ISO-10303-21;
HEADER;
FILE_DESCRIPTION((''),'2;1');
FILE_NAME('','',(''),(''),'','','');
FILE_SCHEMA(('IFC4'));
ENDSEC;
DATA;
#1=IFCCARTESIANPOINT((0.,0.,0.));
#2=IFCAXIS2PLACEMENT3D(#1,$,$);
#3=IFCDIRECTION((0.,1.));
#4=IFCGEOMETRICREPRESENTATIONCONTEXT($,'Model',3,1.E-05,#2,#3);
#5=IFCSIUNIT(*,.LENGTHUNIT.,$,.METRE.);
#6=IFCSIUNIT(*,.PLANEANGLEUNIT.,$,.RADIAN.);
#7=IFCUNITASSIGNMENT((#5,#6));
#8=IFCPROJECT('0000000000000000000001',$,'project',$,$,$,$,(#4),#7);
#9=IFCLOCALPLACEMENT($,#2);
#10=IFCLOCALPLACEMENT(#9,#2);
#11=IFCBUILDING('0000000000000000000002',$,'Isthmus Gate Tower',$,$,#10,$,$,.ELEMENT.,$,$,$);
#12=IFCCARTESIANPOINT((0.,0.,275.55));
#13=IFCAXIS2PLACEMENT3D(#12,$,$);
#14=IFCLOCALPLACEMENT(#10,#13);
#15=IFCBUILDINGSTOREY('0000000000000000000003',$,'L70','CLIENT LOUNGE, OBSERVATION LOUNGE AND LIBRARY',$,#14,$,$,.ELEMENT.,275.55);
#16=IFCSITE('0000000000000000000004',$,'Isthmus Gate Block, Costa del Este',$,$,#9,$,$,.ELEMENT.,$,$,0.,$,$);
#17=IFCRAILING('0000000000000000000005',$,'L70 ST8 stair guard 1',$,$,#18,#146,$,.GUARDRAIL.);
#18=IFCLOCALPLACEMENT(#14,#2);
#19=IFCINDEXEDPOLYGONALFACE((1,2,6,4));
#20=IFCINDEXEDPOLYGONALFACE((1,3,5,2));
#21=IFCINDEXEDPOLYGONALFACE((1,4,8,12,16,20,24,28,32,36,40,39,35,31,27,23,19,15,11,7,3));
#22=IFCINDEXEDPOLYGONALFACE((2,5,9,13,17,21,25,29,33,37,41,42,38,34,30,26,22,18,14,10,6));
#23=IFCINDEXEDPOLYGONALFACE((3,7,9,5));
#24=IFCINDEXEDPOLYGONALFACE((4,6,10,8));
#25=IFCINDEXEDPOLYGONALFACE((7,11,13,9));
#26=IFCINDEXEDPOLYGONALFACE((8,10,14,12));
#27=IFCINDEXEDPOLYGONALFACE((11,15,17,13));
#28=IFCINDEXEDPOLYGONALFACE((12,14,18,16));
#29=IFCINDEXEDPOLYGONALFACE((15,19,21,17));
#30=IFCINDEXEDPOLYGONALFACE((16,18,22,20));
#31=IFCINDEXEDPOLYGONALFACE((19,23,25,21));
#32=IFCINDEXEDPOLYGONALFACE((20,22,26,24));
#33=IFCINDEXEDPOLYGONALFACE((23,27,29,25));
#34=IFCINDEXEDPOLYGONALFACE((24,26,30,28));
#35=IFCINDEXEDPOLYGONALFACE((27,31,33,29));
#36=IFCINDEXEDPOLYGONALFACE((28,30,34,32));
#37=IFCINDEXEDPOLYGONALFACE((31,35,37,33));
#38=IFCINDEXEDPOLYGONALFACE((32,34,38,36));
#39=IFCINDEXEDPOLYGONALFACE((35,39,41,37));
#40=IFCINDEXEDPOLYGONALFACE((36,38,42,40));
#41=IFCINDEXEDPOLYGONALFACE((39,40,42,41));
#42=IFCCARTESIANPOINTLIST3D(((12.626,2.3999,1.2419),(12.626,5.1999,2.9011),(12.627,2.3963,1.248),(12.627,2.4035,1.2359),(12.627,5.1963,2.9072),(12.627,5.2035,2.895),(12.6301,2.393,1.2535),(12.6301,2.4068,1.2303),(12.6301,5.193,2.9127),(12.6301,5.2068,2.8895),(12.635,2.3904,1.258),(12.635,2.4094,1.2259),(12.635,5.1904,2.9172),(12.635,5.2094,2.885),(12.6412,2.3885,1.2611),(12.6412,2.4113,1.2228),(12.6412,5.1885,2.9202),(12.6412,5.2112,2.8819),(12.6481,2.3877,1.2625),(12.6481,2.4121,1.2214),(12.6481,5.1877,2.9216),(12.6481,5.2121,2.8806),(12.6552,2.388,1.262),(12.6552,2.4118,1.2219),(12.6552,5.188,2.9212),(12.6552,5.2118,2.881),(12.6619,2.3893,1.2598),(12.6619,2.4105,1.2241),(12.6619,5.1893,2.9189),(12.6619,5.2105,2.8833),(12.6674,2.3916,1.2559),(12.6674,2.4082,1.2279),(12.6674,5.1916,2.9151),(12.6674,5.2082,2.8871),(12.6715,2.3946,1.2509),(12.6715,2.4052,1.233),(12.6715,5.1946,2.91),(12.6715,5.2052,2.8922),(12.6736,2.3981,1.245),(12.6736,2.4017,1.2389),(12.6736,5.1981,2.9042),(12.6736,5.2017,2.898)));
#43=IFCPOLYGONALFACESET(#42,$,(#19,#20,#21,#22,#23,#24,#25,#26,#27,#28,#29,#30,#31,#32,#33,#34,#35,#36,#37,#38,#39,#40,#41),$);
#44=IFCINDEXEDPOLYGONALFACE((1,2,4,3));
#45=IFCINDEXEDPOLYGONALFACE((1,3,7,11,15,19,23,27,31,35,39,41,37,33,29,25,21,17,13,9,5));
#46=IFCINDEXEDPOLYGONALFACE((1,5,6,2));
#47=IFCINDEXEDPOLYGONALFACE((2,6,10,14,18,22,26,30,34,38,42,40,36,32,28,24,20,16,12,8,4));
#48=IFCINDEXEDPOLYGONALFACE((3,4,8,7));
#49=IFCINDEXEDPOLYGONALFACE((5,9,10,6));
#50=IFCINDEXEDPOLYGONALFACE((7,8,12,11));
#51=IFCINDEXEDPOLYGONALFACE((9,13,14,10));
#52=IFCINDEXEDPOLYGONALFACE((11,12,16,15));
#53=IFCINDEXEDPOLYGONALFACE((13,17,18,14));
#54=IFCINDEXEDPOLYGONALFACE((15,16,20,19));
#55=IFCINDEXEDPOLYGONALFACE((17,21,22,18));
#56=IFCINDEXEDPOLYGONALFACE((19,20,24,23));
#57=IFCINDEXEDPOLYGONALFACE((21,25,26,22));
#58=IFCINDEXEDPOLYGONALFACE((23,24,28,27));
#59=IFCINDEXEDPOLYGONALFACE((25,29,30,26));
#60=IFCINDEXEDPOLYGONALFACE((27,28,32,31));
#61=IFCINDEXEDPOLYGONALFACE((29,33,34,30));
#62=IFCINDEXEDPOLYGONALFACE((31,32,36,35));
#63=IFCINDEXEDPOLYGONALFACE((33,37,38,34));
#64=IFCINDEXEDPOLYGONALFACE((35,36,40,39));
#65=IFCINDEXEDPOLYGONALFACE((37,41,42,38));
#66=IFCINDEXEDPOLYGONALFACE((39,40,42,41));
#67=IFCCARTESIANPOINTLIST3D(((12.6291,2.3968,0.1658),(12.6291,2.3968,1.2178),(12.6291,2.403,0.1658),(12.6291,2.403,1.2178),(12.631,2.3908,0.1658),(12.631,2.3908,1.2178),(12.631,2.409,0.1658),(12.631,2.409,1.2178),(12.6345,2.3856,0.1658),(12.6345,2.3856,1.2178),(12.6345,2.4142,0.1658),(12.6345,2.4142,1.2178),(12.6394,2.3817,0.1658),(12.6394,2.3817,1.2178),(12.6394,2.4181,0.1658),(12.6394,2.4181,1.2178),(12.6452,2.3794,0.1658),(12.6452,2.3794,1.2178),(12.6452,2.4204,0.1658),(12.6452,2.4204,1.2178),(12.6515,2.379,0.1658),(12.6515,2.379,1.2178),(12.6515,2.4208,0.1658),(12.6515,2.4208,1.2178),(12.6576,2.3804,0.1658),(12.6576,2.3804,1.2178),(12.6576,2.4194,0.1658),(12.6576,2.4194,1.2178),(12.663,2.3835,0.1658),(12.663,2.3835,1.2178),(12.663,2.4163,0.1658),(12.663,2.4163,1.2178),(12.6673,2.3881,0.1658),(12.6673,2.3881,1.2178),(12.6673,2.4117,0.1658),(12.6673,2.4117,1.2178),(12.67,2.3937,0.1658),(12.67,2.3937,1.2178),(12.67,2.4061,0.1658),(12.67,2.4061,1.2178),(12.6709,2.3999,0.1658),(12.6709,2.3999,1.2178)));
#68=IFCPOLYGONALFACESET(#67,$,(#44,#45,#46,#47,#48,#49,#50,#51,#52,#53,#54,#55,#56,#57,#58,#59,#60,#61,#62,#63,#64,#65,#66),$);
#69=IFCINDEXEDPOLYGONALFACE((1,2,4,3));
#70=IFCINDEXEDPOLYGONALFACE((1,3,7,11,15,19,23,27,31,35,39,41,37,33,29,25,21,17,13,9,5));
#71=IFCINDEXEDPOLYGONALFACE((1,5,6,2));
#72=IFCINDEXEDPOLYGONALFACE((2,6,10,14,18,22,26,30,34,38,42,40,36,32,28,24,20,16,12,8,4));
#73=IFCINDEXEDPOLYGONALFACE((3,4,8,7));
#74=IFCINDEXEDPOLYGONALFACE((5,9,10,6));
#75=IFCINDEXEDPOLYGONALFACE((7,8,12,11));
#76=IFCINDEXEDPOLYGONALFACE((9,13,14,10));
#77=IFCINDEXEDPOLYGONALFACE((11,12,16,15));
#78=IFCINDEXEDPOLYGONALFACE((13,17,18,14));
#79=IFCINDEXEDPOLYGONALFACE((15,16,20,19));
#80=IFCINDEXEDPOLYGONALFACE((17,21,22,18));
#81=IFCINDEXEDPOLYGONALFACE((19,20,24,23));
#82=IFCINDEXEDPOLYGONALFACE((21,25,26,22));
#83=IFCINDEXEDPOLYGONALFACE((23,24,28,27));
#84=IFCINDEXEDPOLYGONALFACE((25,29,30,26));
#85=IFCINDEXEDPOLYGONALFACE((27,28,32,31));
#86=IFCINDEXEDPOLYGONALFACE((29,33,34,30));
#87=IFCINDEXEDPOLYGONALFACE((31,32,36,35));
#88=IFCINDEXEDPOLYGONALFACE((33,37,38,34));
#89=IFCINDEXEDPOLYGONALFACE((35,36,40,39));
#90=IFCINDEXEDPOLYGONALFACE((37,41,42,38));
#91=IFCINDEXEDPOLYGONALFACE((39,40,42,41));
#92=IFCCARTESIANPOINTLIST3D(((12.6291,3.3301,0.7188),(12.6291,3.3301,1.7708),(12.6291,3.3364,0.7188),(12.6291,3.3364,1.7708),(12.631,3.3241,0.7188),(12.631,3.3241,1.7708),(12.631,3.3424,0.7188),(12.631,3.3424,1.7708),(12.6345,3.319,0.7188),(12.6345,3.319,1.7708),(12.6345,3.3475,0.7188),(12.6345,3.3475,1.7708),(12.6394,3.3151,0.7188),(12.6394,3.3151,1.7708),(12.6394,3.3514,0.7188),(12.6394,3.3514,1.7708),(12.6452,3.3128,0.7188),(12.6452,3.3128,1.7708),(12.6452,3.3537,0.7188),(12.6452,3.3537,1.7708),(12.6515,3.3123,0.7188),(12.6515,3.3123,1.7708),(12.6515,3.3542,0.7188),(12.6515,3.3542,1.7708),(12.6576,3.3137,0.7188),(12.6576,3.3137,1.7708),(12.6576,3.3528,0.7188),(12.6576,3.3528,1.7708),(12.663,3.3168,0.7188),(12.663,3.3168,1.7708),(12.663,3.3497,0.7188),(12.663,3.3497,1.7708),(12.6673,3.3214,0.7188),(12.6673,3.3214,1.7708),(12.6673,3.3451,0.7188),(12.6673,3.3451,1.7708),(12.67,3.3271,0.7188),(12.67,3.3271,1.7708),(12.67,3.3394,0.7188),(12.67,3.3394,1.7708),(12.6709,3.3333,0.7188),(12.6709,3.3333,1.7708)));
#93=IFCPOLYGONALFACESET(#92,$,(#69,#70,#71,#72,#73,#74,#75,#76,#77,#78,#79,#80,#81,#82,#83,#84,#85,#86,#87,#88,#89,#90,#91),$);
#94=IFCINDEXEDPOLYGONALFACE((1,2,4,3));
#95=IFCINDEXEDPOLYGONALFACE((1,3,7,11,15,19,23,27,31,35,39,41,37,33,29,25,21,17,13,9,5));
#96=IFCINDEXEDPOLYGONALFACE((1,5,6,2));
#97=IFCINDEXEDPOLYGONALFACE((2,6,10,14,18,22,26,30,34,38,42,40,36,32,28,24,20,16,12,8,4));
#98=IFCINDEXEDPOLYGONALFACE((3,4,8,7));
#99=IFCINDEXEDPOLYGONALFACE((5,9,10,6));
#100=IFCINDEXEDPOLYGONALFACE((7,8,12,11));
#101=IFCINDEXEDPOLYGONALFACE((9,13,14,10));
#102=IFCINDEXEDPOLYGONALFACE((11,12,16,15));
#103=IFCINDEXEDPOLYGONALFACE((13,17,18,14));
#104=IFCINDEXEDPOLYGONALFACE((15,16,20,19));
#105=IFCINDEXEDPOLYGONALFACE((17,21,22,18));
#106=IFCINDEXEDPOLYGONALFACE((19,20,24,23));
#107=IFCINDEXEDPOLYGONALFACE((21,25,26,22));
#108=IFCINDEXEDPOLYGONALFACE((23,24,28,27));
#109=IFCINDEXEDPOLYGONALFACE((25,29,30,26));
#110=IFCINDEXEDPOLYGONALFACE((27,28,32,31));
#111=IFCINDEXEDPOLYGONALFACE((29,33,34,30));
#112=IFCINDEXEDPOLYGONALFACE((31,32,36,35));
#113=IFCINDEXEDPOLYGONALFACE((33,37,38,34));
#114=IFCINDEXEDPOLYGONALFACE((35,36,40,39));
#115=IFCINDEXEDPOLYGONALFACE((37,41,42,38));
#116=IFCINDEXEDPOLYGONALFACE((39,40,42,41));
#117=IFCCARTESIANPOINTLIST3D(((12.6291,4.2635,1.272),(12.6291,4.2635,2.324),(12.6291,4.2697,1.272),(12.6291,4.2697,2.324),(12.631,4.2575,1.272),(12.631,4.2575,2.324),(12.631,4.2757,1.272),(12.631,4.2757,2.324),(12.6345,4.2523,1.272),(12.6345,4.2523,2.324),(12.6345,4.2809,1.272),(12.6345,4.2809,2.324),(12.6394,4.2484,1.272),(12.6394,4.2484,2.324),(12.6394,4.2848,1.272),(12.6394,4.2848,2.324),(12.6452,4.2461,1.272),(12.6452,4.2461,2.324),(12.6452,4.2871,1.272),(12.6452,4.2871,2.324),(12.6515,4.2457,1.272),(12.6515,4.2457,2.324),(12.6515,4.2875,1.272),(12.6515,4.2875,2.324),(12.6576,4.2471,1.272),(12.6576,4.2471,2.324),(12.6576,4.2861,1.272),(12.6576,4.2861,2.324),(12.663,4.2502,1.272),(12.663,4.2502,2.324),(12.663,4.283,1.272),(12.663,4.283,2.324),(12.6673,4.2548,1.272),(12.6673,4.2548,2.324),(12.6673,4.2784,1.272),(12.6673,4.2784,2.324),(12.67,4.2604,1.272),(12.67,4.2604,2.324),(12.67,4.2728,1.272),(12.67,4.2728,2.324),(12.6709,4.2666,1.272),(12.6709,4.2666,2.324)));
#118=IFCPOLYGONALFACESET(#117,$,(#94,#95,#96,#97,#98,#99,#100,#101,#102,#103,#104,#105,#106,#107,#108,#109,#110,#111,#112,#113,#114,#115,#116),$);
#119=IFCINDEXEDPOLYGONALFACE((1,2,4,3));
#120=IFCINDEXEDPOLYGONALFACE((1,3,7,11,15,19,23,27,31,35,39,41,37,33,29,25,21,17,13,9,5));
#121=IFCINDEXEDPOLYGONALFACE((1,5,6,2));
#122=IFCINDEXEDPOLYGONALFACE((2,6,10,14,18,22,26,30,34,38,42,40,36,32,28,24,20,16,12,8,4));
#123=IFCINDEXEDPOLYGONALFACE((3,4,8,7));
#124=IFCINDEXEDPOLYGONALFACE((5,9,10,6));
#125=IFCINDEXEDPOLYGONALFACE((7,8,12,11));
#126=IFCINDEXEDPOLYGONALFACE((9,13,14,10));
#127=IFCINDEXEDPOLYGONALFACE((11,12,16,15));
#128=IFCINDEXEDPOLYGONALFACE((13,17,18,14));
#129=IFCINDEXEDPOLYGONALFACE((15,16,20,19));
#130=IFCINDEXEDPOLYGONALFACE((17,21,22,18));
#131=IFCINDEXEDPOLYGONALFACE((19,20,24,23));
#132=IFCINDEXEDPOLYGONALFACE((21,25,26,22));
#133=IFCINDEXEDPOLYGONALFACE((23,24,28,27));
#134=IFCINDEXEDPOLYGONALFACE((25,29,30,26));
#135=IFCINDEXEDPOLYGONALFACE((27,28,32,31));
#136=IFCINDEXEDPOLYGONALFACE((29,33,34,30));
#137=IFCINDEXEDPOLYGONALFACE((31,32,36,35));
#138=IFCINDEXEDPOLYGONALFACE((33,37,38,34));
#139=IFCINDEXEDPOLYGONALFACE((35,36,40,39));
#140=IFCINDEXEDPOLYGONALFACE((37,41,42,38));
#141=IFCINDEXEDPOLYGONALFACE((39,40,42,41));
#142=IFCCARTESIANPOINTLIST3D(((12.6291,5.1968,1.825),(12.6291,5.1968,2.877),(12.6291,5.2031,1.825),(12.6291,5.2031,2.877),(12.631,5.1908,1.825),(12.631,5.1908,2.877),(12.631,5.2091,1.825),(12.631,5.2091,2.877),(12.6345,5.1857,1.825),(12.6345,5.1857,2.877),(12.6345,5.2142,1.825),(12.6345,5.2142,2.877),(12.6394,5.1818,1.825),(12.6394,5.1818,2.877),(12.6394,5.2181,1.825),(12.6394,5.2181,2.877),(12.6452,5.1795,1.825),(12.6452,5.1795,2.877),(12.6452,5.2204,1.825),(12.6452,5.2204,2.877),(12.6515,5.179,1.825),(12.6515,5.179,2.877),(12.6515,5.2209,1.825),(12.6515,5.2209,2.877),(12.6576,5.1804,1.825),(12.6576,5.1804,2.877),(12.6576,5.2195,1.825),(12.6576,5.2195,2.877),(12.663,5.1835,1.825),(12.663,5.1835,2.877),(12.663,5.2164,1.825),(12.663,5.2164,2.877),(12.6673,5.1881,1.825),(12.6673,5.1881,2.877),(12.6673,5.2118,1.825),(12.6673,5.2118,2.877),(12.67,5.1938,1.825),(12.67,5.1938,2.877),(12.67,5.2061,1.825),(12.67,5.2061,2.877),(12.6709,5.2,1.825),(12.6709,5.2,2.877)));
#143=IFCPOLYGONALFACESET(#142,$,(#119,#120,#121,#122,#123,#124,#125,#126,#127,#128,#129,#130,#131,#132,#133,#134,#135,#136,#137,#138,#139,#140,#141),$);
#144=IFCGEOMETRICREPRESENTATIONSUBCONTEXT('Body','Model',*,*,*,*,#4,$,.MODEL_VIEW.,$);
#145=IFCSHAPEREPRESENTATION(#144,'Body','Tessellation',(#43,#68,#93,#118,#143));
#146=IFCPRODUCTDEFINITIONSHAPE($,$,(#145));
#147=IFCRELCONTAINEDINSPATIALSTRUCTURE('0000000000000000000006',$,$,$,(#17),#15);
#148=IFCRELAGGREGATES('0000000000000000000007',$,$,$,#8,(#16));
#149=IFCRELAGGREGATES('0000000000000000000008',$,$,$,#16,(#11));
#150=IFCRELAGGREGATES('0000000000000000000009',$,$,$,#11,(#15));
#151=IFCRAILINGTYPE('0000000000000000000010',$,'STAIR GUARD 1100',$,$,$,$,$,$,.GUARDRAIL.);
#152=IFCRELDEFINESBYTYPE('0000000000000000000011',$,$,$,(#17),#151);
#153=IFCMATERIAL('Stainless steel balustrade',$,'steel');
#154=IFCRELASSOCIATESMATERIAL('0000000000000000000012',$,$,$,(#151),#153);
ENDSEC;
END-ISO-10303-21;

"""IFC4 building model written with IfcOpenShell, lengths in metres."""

from ifc_helpers import new_model, si_unit, direction, frame, origin, origin_2d, place, context, subcontext, project, spatial, circle, extrude, material, type_object, element, save


model = new_model("IFC4")

# Units and contexts
model_context = context("Model", 3, precision=1e-05, world=origin(), true_north=direction((0.0, 1.0)))
body_context = subcontext(model_context, "Body", "Model", "MODEL_VIEW")
ifc_project = project(units=[si_unit("LENGTHUNIT", "METRE"), si_unit("PLANEANGLEUNIT", "RADIAN")], contexts=[model_context])

# Site, building, storey
site_placement = place(None, origin())
site = spatial("IfcSite", under=ifc_project, at=site_placement, Name="Isthmus Gate Block, Costa del Este", CompositionType="ELEMENT", RefElevation=0.0)
building_placement = place(site_placement, origin())
building = spatial("IfcBuilding", under=site, at=building_placement, Name="Isthmus Gate Tower", CompositionType="ELEMENT")
storey_placement = place(building_placement, frame((0.0, 0.0, 275.55)))
storey = spatial("IfcBuildingStorey", under=building, at=storey_placement, Name="L70", Description="CLIENT LOUNGE, OBSERVATION LOUNGE AND LIBRARY", CompositionType="ELEMENT", Elevation=275.55)

# Railing
ifc_material_1 = material(Name="Stainless steel balustrade", Category="steel")
railing_type_1 = type_object("IfcRailingType", Name="STAIR GUARD 1100", PredefinedType="GUARDRAIL", material=ifc_material_1)
railing_1_placement = place(storey_placement, frame((12.6499, 2.3999, 0.1658)))
element("IfcRailing", 1, at=railing_1_placement, inside=storey, type_object=railing_type_1, Name="L70 ST8 stair guard 1", PredefinedType="GUARDRAIL", context=body_context, shape_type="SweptSolid", body=[
    extrude(circle(Radius=0.0239, at=origin_2d()), frame((0.0, 0.0, 1.0762), z_axis=(0.0, 0.860306, 0.509778), x_axis=(-1.0, 0.0, 0.0)), (0.0, 0.0, 1.0), 3.2546),
    extrude(circle(Radius=0.021, at=origin_2d()), origin(), (0.0, 0.0, 1.0), 1.052),
    extrude(circle(Radius=0.021, at=origin_2d()), frame((0.0, 0.9333, 0.553)), (0.0, 0.0, 1.0), 1.052),
    extrude(circle(Radius=0.021, at=origin_2d()), frame((0.0, 1.8667, 1.1062)), (0.0, 0.0, 1.0), 1.052),
    extrude(circle(Radius=0.021, at=origin_2d()), frame((0.0, 2.8, 1.6592)), (0.0, 0.0, 1.0), 1.052),
])

save(model, "model.ifc")
